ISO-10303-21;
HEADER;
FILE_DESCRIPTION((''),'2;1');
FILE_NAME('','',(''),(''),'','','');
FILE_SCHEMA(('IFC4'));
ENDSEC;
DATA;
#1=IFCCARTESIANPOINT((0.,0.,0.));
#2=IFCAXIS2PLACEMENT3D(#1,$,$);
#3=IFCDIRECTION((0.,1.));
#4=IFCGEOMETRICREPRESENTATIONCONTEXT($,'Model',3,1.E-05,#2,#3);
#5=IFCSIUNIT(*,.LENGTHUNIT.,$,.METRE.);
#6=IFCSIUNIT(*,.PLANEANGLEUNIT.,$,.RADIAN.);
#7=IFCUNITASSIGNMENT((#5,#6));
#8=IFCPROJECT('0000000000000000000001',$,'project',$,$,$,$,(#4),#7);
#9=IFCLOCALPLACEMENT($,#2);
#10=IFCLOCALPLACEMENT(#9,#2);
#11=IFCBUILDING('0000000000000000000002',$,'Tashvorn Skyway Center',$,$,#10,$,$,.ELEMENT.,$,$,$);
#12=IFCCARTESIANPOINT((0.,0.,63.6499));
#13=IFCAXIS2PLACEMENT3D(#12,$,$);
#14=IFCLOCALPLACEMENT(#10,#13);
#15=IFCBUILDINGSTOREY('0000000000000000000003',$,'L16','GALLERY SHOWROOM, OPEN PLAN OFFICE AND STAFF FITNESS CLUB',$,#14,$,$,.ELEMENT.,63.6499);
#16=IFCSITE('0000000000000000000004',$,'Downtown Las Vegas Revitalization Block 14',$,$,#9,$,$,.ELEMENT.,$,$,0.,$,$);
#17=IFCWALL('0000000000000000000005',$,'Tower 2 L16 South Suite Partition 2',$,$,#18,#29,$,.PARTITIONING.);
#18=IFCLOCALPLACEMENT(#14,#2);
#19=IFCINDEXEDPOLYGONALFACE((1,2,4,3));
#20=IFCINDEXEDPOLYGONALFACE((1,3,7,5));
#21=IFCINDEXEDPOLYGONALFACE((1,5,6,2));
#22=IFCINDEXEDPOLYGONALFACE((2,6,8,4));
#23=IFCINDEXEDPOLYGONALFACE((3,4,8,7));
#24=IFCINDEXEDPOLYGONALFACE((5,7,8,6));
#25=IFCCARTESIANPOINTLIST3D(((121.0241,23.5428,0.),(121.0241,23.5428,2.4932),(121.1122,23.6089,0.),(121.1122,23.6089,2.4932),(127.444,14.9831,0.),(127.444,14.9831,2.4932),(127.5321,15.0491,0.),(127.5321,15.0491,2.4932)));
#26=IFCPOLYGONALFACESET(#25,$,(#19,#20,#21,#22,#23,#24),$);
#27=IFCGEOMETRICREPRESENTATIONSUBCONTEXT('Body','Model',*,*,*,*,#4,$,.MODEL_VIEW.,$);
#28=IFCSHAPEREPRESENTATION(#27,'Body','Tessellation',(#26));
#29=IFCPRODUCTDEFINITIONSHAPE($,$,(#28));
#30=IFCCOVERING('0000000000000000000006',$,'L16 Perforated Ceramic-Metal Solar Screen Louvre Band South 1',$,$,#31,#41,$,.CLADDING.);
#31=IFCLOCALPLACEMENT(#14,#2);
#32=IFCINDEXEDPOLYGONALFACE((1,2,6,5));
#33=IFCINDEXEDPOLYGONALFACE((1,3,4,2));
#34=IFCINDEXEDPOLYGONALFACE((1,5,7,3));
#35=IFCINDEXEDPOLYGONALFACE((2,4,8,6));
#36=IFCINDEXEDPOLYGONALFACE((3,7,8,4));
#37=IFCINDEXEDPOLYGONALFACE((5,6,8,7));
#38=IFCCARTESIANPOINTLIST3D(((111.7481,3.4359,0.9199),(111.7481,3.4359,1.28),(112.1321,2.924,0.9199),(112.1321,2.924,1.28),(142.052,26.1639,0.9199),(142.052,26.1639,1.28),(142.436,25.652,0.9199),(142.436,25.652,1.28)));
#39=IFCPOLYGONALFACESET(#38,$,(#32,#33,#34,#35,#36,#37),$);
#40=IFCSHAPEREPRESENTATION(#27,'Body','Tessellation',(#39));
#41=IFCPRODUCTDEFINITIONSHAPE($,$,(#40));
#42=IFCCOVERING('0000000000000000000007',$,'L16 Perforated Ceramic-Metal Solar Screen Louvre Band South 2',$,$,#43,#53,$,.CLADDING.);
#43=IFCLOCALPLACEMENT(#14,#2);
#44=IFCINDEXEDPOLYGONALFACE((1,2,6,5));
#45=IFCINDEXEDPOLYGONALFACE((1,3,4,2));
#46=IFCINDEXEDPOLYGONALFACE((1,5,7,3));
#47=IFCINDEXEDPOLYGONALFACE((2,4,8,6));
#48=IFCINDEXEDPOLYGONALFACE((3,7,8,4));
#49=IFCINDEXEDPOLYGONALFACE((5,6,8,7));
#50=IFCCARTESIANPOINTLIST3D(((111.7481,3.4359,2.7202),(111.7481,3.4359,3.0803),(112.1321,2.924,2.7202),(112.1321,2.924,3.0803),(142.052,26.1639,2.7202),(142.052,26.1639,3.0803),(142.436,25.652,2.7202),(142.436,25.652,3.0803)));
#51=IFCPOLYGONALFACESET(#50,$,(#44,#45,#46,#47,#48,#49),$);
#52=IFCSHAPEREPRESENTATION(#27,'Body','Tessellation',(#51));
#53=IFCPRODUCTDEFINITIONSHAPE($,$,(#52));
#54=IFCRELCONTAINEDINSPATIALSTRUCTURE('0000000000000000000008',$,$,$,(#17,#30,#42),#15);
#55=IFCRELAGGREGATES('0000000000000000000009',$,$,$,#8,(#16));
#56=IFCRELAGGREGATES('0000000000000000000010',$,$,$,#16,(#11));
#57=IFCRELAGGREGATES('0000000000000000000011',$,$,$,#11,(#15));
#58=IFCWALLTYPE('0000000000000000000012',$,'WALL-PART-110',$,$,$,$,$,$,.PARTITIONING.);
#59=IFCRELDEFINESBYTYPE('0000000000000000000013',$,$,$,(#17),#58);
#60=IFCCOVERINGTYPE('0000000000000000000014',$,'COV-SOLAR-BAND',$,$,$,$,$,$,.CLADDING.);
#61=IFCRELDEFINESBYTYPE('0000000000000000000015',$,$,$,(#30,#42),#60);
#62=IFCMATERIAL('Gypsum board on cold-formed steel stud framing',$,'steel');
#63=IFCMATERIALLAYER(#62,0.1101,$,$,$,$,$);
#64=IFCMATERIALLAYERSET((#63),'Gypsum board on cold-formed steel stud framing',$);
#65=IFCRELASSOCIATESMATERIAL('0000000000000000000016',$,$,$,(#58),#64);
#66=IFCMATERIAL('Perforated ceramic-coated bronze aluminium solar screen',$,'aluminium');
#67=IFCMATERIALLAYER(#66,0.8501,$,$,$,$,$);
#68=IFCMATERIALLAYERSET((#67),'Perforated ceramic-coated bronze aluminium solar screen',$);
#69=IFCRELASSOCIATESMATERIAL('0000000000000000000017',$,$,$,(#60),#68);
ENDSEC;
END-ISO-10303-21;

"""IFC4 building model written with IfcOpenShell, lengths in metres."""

from ifc_helpers import new_model, si_unit, direction, frame, frame_2d, origin, origin_2d, place, context, subcontext, project, spatial, rectangle, extrude, material, layer, layer_set, type_object, element, save


model = new_model("IFC4")

# Units and contexts
model_context = context("Model", 3, precision=1e-05, world=origin(), true_north=direction((0.0, 1.0)))
body_context = subcontext(model_context, "Body", "Model", "MODEL_VIEW")
ifc_project = project(units=[si_unit("LENGTHUNIT", "METRE"), si_unit("PLANEANGLEUNIT", "RADIAN")], contexts=[model_context])

# Site, building, storey
site_placement = place(None, origin())
site = spatial("IfcSite", under=ifc_project, at=site_placement, Name="Downtown Las Vegas Revitalization Block 14", CompositionType="ELEMENT", RefElevation=0.0)
building_placement = place(site_placement, origin())
building = spatial("IfcBuilding", under=site, at=building_placement, Name="Tashvorn Skyway Center", CompositionType="ELEMENT")
storey_placement = place(building_placement, frame((0.0, 0.0, 63.6499)))
storey = spatial("IfcBuildingStorey", under=building, at=storey_placement, Name="L16", Description="GALLERY SHOWROOM, OPEN PLAN OFFICE AND STAFF FITNESS CLUB", CompositionType="ELEMENT", Elevation=63.6499)

# Wall
ifc_material_1 = material(Name="Gypsum board on cold-formed steel stud framing", Category="steel")
ifc_layer_1 = layer(ifc_material_1, 0.1101)
ifc_layer_set_1 = layer_set([ifc_layer_1], Name="Gypsum board on cold-formed steel stud framing")
wall_type = type_object("IfcWallType", Name="WALL-PART-110", PredefinedType="PARTITIONING", material=ifc_layer_set_1)
wall_1_placement = place(storey_placement, frame((127.488, 15.0161, 0.0), z_axis=(0.0, 0.0, 1.0), x_axis=(-0.600004, 0.799997, 0.0)))
element("IfcWall", 1, at=wall_1_placement, inside=storey, type_object=wall_type, Name="Tower 2 L16 South Suite Partition 2", PredefinedType="PARTITIONING", context=body_context, shape_type="SweptSolid", body=[
    extrude(rectangle(XDim=10.6997, YDim=0.1101, at=frame_2d((5.3499, 0.0))), origin(), (0.0, 0.0, 1.0), 2.4932),
])

# Coverings
ifc_material_2 = material(Name="Perforated ceramic-coated bronze aluminium solar screen", Category="aluminium")
ifc_layer_2 = layer(ifc_material_2, 0.8501)
ifc_layer_set_2 = layer_set([ifc_layer_2], Name="Perforated ceramic-coated bronze aluminium solar screen")
covering_type = type_object("IfcCoveringType", Name="COV-SOLAR-BAND", PredefinedType="CLADDING", material=ifc_layer_set_2)
for number, where, z_axis, x_axis, name in (
    (2, (127.092, 14.5439, 0.9199), (0.0, 0.0, 1.0), (-0.8, -0.6, 0.0), "L16 Perforated Ceramic-Metal Solar Screen Louvre Band South 1"),
    (3, (127.092, 14.5439, 2.7202), (0.0, 0.0, 1.0), (-0.8, -0.6, 0.0), "L16 Perforated Ceramic-Metal Solar Screen Louvre Band South 2"),
):
    element("IfcCovering", number, at=place(storey_placement, frame(where, z_axis=z_axis, x_axis=x_axis)), inside=storey, type_object=covering_type, Name=name, PredefinedType="CLADDING", context=body_context, shape_type="SweptSolid", body=[
        extrude(rectangle(XDim=37.8799, YDim=0.6399, at=origin_2d()), origin(), (0.0, 0.0, 1.0), 0.3601),
    ])

save(model, "model.ifc")
